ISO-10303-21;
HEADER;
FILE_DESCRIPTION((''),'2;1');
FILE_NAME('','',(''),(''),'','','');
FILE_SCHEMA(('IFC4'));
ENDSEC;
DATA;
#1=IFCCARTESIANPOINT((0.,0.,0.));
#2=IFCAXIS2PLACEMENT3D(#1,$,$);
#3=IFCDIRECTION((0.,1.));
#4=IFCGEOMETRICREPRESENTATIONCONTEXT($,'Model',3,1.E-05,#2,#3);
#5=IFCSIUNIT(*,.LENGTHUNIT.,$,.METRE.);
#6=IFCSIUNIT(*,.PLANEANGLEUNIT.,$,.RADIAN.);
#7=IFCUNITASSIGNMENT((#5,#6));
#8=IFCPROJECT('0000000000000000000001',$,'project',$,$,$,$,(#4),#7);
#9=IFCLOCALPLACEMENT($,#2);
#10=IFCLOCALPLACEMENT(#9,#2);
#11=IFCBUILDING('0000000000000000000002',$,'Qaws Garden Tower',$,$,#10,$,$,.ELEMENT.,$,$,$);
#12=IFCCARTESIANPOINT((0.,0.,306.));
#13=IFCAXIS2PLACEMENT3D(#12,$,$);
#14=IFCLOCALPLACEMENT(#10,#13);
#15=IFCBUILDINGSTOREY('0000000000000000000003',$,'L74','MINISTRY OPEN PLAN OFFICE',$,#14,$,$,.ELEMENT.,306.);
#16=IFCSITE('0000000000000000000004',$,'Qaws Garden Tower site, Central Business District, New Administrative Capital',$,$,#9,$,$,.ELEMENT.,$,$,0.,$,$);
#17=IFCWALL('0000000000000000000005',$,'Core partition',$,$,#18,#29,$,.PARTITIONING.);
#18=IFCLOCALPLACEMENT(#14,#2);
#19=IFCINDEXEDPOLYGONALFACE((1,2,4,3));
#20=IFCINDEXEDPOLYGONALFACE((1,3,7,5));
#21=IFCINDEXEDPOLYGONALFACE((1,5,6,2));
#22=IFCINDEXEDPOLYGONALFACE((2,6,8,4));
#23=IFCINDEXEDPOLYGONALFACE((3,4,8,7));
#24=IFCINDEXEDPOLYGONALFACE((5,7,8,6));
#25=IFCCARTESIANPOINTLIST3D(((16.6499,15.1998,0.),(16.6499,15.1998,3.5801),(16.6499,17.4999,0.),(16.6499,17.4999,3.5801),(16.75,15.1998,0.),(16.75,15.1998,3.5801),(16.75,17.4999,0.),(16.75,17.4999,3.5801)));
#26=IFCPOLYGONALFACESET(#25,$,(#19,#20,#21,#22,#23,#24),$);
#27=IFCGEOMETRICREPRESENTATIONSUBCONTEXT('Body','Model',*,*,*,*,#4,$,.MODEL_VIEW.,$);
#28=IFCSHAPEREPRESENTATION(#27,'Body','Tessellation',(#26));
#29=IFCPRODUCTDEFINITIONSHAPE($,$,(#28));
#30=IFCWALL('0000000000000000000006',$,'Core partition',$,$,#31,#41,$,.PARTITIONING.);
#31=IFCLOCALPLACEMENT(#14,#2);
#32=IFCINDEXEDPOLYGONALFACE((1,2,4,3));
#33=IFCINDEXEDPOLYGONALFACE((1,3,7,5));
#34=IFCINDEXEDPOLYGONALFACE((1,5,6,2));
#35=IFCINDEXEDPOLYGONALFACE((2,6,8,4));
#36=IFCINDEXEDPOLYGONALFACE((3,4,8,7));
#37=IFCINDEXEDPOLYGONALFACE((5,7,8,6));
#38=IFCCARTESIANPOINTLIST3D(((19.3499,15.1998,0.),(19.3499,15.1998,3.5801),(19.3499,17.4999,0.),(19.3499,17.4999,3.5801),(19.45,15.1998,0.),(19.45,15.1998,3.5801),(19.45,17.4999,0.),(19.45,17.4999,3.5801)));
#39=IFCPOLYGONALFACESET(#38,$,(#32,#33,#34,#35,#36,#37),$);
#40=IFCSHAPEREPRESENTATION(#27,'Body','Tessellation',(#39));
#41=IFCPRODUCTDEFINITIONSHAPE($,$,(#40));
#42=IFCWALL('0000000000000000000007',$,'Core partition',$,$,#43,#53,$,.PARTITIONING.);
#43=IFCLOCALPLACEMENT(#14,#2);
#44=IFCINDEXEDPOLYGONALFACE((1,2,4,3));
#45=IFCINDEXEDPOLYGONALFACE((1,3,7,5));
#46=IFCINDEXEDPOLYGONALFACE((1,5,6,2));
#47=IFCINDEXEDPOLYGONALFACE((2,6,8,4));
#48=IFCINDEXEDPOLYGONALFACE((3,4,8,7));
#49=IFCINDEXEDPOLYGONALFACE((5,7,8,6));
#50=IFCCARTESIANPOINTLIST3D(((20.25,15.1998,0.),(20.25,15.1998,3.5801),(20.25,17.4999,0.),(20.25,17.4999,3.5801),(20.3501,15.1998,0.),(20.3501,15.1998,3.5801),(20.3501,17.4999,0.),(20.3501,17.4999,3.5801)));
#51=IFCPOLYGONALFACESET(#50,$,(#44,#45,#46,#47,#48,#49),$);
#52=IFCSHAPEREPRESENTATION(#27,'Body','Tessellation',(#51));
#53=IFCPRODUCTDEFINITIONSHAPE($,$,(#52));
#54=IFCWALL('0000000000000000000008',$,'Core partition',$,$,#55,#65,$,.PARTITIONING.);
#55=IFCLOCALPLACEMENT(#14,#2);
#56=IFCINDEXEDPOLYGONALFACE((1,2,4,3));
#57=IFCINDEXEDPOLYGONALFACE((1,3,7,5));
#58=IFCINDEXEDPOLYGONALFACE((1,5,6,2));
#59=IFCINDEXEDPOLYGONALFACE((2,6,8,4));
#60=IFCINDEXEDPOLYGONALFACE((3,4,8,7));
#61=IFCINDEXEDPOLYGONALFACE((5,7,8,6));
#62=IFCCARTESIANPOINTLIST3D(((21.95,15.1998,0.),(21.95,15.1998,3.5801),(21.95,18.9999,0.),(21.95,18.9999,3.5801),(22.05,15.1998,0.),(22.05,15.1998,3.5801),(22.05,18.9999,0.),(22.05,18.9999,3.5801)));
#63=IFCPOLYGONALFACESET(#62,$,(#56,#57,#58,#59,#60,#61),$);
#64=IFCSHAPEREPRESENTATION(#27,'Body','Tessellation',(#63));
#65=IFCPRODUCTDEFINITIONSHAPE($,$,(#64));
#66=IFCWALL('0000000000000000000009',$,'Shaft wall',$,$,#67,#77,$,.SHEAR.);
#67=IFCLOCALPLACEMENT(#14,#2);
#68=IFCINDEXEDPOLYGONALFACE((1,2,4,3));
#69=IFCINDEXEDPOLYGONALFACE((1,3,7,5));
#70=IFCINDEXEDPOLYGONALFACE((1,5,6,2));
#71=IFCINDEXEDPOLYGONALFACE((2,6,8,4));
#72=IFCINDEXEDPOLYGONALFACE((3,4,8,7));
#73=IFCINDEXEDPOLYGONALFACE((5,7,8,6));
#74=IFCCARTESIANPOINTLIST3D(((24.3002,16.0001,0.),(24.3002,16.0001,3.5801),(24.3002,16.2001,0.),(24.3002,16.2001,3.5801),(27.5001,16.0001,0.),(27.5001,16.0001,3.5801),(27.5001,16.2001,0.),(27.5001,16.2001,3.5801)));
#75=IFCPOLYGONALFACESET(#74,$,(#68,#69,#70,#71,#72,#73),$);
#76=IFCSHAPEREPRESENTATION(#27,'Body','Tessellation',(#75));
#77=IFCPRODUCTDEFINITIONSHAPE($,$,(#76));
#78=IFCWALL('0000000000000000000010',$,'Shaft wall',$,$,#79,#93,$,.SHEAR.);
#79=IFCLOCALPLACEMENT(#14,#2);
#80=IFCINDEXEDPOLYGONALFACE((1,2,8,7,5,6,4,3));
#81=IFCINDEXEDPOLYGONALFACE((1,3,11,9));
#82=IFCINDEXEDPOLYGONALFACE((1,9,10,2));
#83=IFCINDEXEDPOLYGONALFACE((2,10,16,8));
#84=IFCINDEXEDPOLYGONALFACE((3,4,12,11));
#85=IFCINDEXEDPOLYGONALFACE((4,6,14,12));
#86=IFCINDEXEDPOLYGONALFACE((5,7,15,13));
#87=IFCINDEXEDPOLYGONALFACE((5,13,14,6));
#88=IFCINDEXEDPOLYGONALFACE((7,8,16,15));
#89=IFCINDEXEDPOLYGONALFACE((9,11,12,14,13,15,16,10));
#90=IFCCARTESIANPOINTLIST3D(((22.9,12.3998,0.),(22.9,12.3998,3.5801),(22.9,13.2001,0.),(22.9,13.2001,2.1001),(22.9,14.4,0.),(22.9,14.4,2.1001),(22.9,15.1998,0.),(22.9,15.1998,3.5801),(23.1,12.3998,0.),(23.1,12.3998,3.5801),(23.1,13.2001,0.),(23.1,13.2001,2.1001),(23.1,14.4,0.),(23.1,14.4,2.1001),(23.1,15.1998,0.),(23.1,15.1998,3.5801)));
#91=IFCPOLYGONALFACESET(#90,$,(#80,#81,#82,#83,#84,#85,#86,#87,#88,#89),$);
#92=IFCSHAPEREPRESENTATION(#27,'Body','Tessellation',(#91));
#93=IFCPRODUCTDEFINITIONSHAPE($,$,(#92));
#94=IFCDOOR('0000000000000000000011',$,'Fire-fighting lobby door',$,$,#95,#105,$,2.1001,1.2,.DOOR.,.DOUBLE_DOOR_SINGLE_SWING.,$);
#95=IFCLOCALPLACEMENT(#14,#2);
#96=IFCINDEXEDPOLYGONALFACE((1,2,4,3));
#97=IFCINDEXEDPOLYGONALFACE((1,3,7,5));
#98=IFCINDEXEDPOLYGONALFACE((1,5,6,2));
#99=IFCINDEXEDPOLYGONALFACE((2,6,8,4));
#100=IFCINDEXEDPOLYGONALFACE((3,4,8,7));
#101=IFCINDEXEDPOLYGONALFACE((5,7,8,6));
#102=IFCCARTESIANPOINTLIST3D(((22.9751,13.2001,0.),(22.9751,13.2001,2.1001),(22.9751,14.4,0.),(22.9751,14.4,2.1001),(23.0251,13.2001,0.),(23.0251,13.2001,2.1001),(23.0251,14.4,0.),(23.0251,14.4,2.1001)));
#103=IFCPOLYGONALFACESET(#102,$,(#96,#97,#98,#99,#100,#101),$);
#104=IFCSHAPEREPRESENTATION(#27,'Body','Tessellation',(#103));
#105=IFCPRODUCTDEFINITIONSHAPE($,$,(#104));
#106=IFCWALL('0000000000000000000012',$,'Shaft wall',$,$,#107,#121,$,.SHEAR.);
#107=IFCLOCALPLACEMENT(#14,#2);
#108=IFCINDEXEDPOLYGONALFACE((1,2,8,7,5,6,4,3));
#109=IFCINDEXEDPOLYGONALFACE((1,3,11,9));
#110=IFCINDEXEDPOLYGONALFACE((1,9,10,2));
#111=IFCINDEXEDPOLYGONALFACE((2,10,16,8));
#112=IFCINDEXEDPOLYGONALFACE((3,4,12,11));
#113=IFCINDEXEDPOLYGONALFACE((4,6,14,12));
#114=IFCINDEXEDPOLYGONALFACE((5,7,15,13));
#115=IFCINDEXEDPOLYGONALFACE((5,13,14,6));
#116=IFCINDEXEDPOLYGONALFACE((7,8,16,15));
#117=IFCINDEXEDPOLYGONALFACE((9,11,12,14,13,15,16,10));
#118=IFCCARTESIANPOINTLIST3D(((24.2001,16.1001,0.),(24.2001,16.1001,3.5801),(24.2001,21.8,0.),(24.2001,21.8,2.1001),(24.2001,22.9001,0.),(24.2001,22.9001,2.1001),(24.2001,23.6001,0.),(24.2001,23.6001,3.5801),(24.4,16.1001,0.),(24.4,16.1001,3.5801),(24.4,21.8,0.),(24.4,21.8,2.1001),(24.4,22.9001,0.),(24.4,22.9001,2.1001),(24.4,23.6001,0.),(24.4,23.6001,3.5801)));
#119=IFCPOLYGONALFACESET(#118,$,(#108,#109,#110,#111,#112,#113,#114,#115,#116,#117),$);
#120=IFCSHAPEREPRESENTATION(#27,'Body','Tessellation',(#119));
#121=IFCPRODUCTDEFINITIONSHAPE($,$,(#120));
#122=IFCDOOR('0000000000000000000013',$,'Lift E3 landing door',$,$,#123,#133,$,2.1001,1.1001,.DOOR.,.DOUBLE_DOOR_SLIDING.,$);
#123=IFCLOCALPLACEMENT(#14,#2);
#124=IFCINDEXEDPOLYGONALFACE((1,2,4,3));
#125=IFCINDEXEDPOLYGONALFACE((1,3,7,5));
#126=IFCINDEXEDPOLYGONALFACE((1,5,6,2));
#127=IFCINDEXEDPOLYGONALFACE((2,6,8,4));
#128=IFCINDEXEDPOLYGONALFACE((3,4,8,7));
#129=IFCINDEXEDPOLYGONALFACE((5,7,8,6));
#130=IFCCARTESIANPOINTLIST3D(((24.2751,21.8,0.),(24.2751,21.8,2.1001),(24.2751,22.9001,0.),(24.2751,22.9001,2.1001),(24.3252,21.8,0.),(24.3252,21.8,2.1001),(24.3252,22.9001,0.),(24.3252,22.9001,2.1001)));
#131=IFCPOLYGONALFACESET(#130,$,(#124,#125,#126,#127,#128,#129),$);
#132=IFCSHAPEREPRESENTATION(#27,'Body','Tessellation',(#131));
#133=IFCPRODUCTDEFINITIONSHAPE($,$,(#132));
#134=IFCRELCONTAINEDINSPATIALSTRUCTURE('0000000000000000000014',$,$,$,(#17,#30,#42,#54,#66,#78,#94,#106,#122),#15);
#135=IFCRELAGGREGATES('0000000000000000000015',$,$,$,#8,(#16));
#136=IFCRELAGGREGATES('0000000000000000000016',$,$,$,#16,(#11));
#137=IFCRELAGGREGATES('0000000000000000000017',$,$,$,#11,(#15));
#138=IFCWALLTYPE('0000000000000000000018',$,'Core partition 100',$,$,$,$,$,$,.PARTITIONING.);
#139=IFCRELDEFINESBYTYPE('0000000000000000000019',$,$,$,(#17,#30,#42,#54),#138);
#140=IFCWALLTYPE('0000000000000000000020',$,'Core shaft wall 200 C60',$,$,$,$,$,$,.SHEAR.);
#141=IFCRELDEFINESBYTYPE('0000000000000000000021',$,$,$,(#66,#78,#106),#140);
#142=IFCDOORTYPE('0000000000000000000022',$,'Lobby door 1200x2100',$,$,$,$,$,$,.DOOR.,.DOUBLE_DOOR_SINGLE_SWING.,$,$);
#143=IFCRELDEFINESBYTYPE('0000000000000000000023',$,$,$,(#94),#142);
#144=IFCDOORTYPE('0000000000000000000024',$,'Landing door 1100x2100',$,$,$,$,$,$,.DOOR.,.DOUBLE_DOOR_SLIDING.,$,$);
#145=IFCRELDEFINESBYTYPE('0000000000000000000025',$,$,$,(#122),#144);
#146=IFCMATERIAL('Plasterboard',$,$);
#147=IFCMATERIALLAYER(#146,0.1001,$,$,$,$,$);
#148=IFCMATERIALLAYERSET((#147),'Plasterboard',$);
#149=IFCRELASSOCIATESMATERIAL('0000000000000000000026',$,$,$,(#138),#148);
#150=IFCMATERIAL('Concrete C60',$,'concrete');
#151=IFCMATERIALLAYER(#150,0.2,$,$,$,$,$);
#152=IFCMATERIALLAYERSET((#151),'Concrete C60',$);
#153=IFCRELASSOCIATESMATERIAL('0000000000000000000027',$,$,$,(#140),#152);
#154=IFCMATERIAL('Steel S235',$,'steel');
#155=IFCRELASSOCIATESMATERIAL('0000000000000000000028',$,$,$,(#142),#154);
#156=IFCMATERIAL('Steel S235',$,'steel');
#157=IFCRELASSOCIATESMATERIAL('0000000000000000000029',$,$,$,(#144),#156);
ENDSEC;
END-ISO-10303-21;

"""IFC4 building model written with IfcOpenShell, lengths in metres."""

from ifc_helpers import new_model, si_unit, direction, frame, frame_2d, origin, place, context, subcontext, project, spatial, rectangle, extrude, material, layer, layer_set, type_object, element, fill, save


model = new_model("IFC4")

# Units and contexts
model_context = context("Model", 3, precision=1e-05, world=origin(), true_north=direction((0.0, 1.0)))
body_context = subcontext(model_context, "Body", "Model", "MODEL_VIEW")
ifc_project = project(units=[si_unit("LENGTHUNIT", "METRE"), si_unit("PLANEANGLEUNIT", "RADIAN")], contexts=[model_context])

# Site, building, storey
site_placement = place(None, origin())
site = spatial("IfcSite", under=ifc_project, at=site_placement, Name="Qaws Garden Tower site, Central Business District, New Administrative Capital", CompositionType="ELEMENT", RefElevation=0.0)
building_placement = place(site_placement, origin())
building = spatial("IfcBuilding", under=site, at=building_placement, Name="Qaws Garden Tower", CompositionType="ELEMENT")
storey_placement = place(building_placement, frame((0.0, 0.0, 306.0)))
storey = spatial("IfcBuildingStorey", under=building, at=storey_placement, Name="L74", Description="MINISTRY OPEN PLAN OFFICE", CompositionType="ELEMENT", Elevation=306.0)

# Walls
ifc_material_1 = material(Name="Plasterboard")
ifc_layer_1 = layer(ifc_material_1, 0.1001)
ifc_layer_set_1 = layer_set([ifc_layer_1], Name="Plasterboard")
wall_type_1 = type_object("IfcWallType", Name="Core partition 100", PredefinedType="PARTITIONING", material=ifc_layer_set_1)
for number, where, z_axis, x_axis, name in (
    (1, (16.7, 15.2, 0.0), (0.0, 0.0, 1.0), (0.0, 1.0, 0.0), "Core partition"),
    (2, (19.3999, 15.2, 0.0), (0.0, 0.0, 1.0), (0.0, 1.0, 0.0), "Core partition"),
    (3, (20.3, 15.2, 0.0), (0.0, 0.0, 1.0), (0.0, 1.0, 0.0), "Core partition"),
):
    element("IfcWall", number, at=place(storey_placement, frame(where, z_axis=z_axis, x_axis=x_axis)), inside=storey, type_object=wall_type_1, Name=name, PredefinedType="PARTITIONING", context=body_context, shape_type="SweptSolid", body=[
        extrude(rectangle(XDim=2.3, YDim=0.1001, at=frame_2d((1.1499, 0.0))), origin(), (0.0, 0.0, 1.0), 3.5801),
    ])
wall_1_placement = place(storey_placement, frame((22.0, 15.2, 0.0), z_axis=(0.0, 0.0, 1.0), x_axis=(0.0, 1.0, 0.0)))
element("IfcWall", 4, at=wall_1_placement, inside=storey, type_object=wall_type_1, Name="Core partition", PredefinedType="PARTITIONING", context=body_context, shape_type="SweptSolid", body=[
    extrude(rectangle(XDim=3.8, YDim=0.1001, at=frame_2d((1.8999, 0.0))), origin(), (0.0, 0.0, 1.0), 3.5801),
])
ifc_material_2 = material(Name="Concrete C60", Category="concrete")
ifc_layer_2 = layer(ifc_material_2, 0.2)
ifc_layer_set_2 = layer_set([ifc_layer_2], Name="Concrete C60")
wall_type_2 = type_object("IfcWallType", Name="Core shaft wall 200 C60", PredefinedType="SHEAR", material=ifc_layer_set_2)
wall_2_placement = place(storey_placement, frame((24.3, 16.1001, 0.0), z_axis=(0.0, 0.0, 1.0), x_axis=(1.0, 0.0, 0.0)))
element("IfcWall", 5, at=wall_2_placement, inside=storey, type_object=wall_type_2, Name="Shaft wall", PredefinedType="SHEAR", context=body_context, shape_type="SweptSolid", body=[
    extrude(rectangle(XDim=3.2, YDim=0.2, at=frame_2d((1.6001, 0.0))), origin(), (0.0, 0.0, 1.0), 3.5801),
])

# Walls, openings, doors
wall_3_placement = place(storey_placement, frame((23.0, 12.3999, 0.0), z_axis=(0.0, 0.0, 1.0), x_axis=(0.0, 1.0, 0.0)))
wall_3 = element("IfcWall", 6, at=wall_3_placement, inside=storey, type_object=wall_type_2, Name="Shaft wall", PredefinedType="SHEAR", context=body_context, shape_type="SweptSolid", body=[
    extrude(rectangle(XDim=2.8, YDim=0.2, at=frame_2d((1.3999, 0.0))), origin(), (0.0, 0.0, 1.0), 3.5801),
])
opening_1_placement = place(wall_3_placement, frame((0.8, 0.0, 0.0)))
opening_1 = element("IfcOpeningElement", 7, at=opening_1_placement, cuts=wall_3, PredefinedType="OPENING", context=body_context, shape_type="SweptSolid", body=[
    extrude(rectangle(XDim=1.2, YDim=2.1001, at=frame_2d((0.6001, 1.05))), frame((0.0, 0.1099, 0.0), z_axis=(0.0, -1.0, 0.0), x_axis=(1.0, 0.0, 0.0)), (0.0, 0.0, 1.0), 0.22),
])
ifc_material_3 = material(Name="Steel S235", Category="steel")
door_type_1 = type_object("IfcDoorType", Name="Lobby door 1200x2100", OperationType="DOUBLE_DOOR_SINGLE_SWING", PredefinedType="DOOR", material=ifc_material_3)
door_1_placement = place(opening_1_placement, origin())
door_1 = element("IfcDoor", 8, at=door_1_placement, inside=storey, type_object=door_type_1, Name="Fire-fighting lobby door", OperationType="DOUBLE_DOOR_SINGLE_SWING", OverallHeight=2.1001, OverallWidth=1.2, PredefinedType="DOOR", context=body_context, shape_type="SweptSolid", body=[
    extrude(rectangle(XDim=1.2, YDim=2.1001, at=frame_2d((0.6001, 1.05))), frame((0.0, 0.0249, 0.0), z_axis=(0.0, -1.0, 0.0), x_axis=(1.0, 0.0, 0.0)), (0.0, 0.0, 1.0), 0.05),
])
fill(opening_1, door_1)
wall_4_placement = place(storey_placement, frame((24.3, 16.1001, 0.0), z_axis=(0.0, 0.0, 1.0), x_axis=(0.0, 1.0, 0.0)))
wall_4 = element("IfcWall", 9, at=wall_4_placement, inside=storey, type_object=wall_type_2, Name="Shaft wall", PredefinedType="SHEAR", context=body_context, shape_type="SweptSolid", body=[
    extrude(rectangle(XDim=7.5, YDim=0.2, at=frame_2d((3.75, 0.0))), origin(), (0.0, 0.0, 1.0), 3.5801),
])
opening_2_placement = place(wall_4_placement, frame((5.7, 0.0, 0.0)))
opening_2 = element("IfcOpeningElement", 10, at=opening_2_placement, cuts=wall_4, PredefinedType="OPENING", context=body_context, shape_type="SweptSolid", body=[
    extrude(rectangle(XDim=1.1001, YDim=2.1001, at=frame_2d((0.55, 1.05))), frame((0.0, 0.1099, 0.0), z_axis=(0.0, -1.0, 0.0), x_axis=(1.0, 0.0, 0.0)), (0.0, 0.0, 1.0), 0.22),
])
ifc_material_4 = material(Name="Steel S235", Category="steel")
door_type_2 = type_object("IfcDoorType", Name="Landing door 1100x2100", OperationType="DOUBLE_DOOR_SLIDING", PredefinedType="DOOR", material=ifc_material_4)
door_2_placement = place(opening_2_placement, origin())
door_2 = element("IfcDoor", 11, at=door_2_placement, inside=storey, type_object=door_type_2, Name="Lift E3 landing door", OperationType="DOUBLE_DOOR_SLIDING", OverallHeight=2.1001, OverallWidth=1.1001, PredefinedType="DOOR", context=body_context, shape_type="SweptSolid", body=[
    extrude(rectangle(XDim=1.1001, YDim=2.1001, at=frame_2d((0.55, 1.05))), frame((0.0, 0.0249, 0.0), z_axis=(0.0, -1.0, 0.0), x_axis=(1.0, 0.0, 0.0)), (0.0, 0.0, 1.0), 0.05),
])
fill(opening_2, door_2)

save(model, "model.ifc")
